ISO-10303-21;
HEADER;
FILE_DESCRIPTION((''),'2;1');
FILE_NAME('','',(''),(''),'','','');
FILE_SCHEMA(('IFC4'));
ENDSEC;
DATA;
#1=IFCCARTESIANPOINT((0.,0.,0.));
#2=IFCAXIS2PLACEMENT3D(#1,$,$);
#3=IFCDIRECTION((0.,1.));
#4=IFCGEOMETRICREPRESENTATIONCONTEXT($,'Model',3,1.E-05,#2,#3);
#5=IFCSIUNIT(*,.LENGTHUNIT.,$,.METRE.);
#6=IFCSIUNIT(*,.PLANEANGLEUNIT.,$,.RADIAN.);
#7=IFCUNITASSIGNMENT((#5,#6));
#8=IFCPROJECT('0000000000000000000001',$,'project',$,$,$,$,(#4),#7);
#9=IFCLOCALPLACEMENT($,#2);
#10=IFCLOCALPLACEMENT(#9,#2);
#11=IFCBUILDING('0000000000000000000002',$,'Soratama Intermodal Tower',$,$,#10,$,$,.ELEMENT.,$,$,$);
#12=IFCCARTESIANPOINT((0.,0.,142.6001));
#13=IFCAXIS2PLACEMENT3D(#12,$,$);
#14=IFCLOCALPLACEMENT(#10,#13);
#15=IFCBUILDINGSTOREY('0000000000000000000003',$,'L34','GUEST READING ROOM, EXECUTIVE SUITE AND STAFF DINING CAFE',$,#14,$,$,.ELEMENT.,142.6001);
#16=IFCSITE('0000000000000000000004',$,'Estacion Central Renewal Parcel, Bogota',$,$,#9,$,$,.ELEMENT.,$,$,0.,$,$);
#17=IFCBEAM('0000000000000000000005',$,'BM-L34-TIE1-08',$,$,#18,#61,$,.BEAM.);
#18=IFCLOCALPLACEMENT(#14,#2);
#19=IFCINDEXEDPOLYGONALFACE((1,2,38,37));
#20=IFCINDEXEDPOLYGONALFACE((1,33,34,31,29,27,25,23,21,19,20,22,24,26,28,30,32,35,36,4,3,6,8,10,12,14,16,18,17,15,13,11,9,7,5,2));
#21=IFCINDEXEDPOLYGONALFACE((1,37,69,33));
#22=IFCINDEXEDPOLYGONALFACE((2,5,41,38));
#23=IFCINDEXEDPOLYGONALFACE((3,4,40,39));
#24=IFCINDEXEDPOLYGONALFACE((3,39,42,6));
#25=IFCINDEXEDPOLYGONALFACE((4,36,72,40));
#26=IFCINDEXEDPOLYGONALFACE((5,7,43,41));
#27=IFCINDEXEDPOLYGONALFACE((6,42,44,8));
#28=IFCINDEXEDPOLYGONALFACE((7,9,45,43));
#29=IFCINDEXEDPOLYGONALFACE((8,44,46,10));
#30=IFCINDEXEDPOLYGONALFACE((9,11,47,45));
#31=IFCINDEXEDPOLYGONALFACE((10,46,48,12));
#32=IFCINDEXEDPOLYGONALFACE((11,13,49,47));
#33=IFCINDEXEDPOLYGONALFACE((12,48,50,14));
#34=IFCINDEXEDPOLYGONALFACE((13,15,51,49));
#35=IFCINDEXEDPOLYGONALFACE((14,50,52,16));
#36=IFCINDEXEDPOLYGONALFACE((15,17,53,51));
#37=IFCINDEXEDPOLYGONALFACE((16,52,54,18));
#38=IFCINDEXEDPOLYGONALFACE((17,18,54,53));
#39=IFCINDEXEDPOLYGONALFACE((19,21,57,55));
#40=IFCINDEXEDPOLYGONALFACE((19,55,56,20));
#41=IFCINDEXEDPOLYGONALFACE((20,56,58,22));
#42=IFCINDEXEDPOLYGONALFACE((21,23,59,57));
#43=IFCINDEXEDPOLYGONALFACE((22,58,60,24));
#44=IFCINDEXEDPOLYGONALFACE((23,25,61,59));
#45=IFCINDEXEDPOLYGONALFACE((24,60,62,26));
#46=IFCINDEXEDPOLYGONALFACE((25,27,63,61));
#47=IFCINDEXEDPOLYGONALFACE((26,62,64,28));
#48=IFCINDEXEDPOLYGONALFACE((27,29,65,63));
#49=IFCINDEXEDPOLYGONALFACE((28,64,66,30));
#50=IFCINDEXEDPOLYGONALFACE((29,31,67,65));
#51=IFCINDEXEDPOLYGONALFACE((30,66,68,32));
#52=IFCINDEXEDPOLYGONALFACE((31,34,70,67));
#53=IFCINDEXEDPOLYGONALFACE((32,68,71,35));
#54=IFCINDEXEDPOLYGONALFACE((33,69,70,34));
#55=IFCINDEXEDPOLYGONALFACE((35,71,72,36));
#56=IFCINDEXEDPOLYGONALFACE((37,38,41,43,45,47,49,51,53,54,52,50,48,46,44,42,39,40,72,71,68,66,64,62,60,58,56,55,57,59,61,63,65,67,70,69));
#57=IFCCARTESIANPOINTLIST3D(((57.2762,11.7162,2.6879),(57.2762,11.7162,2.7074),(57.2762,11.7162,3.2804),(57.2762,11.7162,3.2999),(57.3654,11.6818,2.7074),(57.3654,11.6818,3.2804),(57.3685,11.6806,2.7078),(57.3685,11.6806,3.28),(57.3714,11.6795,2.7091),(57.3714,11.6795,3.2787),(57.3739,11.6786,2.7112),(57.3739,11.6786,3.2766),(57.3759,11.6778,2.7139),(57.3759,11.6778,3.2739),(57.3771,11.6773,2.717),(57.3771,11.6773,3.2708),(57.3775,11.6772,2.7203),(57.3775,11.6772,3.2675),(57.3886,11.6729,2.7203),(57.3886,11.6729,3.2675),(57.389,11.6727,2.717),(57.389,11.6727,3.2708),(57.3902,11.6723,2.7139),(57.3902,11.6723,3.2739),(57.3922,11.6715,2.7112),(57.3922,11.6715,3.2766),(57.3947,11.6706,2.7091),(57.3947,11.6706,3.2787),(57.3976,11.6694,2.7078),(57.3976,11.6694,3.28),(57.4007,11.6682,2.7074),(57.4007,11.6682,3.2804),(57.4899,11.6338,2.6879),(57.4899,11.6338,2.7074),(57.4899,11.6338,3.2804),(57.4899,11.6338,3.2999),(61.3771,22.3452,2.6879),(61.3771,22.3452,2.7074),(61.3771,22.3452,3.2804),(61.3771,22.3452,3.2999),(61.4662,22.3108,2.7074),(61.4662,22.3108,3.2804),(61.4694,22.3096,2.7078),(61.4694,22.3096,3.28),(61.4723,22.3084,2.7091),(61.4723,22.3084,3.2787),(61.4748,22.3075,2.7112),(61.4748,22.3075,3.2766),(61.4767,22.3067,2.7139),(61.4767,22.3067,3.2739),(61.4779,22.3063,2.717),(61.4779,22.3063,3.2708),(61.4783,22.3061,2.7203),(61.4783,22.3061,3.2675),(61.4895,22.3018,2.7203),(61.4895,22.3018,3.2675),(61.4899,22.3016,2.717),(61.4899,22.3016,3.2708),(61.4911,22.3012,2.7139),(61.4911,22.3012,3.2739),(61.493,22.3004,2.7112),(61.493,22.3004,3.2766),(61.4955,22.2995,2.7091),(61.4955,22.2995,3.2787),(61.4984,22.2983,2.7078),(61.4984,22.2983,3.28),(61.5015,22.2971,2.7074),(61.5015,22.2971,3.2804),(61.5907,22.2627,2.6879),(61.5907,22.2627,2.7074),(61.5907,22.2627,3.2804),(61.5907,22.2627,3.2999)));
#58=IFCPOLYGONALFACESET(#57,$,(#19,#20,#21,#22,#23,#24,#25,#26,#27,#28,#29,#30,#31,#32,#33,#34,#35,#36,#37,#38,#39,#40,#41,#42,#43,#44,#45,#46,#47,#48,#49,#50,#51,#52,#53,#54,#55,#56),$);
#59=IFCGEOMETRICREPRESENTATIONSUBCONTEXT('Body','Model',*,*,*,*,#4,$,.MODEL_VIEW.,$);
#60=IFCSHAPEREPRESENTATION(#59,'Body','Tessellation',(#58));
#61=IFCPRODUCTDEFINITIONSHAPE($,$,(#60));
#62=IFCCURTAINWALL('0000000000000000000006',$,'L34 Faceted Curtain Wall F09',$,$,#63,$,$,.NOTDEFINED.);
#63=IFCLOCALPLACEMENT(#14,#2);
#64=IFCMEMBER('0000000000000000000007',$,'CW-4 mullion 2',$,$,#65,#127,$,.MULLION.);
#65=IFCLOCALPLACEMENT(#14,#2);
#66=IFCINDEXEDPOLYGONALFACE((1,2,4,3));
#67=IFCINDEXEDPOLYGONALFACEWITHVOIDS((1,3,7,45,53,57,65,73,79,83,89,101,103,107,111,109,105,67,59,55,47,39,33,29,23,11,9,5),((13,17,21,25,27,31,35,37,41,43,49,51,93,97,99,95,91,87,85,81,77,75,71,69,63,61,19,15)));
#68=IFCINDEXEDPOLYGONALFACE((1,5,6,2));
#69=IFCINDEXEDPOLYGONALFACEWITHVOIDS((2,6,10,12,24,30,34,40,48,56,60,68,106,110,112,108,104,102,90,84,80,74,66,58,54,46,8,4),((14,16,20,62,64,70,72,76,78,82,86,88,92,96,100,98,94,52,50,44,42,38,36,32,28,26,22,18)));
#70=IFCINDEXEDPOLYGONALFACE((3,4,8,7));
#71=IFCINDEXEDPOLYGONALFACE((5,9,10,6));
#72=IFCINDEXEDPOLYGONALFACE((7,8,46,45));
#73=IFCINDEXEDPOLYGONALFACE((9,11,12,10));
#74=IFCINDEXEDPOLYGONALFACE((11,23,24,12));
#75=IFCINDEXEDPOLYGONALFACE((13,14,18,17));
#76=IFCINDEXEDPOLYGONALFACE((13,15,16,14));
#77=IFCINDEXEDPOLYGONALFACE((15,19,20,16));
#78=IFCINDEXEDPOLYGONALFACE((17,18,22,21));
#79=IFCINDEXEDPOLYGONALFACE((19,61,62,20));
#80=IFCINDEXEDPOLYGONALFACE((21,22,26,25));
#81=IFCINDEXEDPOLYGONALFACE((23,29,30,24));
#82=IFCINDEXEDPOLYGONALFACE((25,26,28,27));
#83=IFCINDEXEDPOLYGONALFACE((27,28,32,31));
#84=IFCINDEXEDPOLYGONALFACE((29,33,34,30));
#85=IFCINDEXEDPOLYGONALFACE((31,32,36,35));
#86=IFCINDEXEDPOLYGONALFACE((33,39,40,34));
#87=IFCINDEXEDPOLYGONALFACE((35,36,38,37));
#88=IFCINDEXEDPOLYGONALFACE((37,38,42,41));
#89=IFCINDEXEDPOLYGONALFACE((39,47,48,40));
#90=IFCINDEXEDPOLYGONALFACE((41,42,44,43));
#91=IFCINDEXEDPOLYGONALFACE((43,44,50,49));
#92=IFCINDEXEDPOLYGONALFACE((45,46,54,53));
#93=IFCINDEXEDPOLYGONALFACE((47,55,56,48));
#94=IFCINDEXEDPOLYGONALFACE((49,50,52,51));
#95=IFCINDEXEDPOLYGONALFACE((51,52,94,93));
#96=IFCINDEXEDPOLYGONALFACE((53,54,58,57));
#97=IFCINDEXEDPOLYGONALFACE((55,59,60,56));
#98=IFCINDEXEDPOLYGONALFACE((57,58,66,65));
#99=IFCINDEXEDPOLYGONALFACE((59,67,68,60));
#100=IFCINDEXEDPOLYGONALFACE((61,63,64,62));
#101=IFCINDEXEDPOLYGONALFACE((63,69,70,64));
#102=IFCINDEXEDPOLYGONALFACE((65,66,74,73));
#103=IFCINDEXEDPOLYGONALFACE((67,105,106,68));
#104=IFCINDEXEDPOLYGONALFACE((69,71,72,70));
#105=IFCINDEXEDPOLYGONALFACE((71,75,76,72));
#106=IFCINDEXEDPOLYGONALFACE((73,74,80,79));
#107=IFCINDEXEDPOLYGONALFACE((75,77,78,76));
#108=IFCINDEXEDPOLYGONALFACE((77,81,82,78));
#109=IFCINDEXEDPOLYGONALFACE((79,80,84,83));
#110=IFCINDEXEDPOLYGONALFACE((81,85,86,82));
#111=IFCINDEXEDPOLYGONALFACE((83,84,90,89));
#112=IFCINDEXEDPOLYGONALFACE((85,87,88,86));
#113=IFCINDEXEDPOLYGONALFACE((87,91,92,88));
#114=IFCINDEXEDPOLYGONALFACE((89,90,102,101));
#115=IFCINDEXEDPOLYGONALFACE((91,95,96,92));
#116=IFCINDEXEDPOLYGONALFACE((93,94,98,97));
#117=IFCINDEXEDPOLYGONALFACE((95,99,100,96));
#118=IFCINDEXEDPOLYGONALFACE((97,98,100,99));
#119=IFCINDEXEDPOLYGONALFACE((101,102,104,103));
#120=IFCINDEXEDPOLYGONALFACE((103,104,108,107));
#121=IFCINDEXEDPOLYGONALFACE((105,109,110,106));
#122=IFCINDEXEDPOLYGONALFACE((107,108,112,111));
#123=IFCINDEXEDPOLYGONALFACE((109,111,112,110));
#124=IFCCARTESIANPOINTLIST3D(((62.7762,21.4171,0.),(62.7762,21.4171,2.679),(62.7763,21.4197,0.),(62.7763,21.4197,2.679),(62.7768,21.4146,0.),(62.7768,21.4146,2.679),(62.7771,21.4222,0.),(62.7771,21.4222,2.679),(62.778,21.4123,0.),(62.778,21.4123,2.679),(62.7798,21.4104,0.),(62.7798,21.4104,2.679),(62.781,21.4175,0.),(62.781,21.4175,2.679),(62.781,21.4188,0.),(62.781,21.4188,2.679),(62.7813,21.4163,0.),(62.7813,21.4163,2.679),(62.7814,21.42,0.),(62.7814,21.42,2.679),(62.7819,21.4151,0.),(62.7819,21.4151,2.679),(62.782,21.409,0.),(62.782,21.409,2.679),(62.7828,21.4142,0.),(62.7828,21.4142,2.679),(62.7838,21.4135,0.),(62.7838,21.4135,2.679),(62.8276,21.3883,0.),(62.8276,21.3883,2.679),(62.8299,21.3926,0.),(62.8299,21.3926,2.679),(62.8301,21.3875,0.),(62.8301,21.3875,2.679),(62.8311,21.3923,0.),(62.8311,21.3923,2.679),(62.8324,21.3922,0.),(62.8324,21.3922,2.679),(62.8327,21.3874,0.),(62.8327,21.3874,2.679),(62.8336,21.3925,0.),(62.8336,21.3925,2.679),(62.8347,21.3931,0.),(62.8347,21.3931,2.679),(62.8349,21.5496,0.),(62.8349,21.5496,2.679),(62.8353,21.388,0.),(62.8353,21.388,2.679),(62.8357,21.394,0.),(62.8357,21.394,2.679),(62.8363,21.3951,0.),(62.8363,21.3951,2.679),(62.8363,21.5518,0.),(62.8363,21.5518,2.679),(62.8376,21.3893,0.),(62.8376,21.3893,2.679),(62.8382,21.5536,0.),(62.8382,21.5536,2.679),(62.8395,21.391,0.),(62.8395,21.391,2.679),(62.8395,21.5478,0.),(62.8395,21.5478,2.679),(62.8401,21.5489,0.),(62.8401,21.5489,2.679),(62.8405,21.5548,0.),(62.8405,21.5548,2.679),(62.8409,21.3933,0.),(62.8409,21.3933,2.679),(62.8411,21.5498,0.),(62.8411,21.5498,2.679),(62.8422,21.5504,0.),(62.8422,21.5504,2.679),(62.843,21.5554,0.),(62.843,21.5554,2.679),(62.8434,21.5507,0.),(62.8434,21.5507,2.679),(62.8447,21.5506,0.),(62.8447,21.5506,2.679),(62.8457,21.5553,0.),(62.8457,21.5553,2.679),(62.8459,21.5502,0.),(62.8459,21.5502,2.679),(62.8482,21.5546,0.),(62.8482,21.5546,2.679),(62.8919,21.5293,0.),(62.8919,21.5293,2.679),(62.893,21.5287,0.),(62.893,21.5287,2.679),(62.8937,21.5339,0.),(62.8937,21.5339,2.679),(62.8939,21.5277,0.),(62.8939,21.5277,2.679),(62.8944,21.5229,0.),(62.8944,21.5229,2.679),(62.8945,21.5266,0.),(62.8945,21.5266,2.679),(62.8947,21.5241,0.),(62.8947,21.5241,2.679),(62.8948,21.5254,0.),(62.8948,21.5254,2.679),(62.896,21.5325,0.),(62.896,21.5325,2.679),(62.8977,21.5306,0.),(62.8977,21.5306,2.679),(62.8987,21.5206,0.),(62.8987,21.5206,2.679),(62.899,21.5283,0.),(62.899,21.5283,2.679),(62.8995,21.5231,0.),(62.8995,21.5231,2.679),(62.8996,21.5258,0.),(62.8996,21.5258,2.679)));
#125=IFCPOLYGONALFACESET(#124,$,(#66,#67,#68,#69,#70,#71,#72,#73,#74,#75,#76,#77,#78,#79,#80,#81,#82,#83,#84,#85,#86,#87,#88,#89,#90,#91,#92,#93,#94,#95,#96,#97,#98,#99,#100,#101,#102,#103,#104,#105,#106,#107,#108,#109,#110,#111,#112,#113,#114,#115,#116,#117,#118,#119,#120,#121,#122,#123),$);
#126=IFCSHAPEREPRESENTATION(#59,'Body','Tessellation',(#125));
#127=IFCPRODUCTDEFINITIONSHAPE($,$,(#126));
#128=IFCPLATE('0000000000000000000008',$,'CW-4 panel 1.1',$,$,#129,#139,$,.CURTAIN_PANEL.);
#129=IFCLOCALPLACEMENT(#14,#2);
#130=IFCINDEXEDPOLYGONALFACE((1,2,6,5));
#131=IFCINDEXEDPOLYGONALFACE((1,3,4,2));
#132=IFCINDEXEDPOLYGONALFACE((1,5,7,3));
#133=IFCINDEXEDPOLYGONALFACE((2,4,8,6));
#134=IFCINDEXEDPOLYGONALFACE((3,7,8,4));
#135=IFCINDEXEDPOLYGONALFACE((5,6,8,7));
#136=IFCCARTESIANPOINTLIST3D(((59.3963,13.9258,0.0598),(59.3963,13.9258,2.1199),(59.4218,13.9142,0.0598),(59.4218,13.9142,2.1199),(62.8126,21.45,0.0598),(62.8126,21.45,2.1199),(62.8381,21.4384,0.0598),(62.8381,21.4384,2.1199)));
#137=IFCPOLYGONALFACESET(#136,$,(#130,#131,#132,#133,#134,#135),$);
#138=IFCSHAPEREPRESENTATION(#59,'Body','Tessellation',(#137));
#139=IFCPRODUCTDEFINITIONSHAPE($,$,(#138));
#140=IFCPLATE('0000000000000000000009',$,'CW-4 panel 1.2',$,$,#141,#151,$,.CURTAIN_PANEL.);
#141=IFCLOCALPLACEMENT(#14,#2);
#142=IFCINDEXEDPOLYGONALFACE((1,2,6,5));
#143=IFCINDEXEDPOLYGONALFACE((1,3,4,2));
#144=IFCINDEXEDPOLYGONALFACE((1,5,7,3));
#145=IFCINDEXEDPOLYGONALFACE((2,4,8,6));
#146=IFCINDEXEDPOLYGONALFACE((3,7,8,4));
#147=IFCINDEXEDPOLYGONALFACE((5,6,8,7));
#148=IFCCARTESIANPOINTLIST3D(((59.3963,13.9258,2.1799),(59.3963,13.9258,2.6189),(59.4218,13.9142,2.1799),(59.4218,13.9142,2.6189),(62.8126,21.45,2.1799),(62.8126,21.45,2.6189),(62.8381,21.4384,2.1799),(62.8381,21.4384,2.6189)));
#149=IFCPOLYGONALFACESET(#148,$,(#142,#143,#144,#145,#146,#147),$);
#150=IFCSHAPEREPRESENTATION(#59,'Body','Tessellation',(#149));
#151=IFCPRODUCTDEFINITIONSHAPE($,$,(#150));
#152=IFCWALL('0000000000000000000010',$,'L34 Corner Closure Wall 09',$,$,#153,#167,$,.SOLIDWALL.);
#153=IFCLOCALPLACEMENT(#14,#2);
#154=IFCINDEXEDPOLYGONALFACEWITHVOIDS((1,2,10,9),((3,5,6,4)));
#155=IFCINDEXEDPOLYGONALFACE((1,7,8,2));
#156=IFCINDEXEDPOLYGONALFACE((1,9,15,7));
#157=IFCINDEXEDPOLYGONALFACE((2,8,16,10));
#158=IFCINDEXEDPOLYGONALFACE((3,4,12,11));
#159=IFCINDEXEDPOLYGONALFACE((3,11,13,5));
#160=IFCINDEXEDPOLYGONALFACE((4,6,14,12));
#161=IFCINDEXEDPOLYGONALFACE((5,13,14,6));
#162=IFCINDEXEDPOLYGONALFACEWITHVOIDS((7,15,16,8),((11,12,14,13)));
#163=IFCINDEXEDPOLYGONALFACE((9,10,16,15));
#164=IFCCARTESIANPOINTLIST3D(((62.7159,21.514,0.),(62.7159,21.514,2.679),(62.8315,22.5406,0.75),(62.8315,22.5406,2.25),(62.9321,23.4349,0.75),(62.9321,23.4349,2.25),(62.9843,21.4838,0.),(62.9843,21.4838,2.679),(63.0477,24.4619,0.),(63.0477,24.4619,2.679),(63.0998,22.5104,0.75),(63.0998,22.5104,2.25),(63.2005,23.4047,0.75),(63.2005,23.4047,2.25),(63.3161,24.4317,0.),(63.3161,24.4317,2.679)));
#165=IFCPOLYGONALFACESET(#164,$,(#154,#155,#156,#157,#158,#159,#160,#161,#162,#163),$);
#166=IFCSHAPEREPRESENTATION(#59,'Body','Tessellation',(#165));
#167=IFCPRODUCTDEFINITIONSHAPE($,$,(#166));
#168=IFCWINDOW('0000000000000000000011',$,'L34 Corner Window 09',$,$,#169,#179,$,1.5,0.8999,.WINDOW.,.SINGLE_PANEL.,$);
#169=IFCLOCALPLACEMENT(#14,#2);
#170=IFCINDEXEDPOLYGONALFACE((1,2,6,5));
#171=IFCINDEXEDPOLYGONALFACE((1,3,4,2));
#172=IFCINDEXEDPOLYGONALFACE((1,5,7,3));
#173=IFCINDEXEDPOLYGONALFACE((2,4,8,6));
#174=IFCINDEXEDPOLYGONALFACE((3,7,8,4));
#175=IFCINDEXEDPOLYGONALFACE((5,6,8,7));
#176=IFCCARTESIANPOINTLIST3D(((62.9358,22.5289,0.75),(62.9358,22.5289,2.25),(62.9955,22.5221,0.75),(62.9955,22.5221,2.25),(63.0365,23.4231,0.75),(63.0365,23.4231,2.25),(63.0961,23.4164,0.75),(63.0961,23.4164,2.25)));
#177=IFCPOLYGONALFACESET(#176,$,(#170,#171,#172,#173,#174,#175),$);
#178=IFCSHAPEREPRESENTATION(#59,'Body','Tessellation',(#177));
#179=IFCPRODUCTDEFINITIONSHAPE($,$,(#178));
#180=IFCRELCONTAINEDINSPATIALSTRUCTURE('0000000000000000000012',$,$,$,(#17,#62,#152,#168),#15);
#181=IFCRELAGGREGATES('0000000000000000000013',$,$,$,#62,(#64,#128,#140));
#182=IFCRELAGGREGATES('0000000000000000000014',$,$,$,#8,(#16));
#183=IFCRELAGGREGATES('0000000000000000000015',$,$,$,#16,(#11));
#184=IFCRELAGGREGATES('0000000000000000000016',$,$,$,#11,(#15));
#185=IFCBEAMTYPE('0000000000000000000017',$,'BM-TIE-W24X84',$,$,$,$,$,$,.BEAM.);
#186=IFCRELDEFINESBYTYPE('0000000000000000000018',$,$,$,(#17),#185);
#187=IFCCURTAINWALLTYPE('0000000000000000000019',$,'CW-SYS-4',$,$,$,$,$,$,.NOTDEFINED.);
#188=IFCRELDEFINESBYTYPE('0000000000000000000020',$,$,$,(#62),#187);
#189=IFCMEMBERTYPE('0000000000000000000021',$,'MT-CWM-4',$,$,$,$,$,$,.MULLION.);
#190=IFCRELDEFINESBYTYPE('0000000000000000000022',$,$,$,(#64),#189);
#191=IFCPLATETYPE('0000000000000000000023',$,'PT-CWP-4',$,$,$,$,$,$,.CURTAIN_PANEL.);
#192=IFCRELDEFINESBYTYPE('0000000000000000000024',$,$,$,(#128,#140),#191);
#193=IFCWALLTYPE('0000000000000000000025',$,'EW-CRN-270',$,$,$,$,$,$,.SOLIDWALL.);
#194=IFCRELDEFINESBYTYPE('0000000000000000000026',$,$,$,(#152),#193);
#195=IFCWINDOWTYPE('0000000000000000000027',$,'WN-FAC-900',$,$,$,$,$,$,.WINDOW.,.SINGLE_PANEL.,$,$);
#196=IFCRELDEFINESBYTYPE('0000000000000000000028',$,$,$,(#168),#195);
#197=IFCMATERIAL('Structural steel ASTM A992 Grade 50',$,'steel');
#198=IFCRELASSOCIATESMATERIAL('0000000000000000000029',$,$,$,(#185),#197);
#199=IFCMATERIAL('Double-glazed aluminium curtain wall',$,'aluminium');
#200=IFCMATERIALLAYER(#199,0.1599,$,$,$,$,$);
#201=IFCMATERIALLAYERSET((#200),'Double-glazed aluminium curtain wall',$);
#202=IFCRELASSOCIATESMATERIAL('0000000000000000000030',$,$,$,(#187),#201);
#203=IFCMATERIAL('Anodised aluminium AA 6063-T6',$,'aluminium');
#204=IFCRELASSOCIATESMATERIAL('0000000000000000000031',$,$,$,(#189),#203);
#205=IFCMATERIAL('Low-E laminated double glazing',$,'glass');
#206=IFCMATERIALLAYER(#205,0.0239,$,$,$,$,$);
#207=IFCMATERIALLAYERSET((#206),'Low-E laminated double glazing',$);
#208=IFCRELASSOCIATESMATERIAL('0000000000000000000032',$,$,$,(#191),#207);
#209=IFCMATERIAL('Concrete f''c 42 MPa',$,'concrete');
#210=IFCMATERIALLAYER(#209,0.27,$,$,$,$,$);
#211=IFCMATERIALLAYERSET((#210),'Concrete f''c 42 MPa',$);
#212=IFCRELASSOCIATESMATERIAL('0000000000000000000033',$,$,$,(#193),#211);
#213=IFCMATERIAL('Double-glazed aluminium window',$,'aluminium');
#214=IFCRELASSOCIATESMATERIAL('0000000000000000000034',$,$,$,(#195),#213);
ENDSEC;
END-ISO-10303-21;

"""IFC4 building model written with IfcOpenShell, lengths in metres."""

from ifc_helpers import new_model, si_unit, direction, frame, frame_2d, origin, origin_2d, place, context, subcontext, project, spatial, rectangle, hollow_rectangle, i_section, extrude, material, layer, layer_set, material_profile, profile_set, type_object, element, fill, aggregate, save


model = new_model("IFC4")

# Units and contexts
model_context = context("Model", 3, precision=1e-05, world=origin(), true_north=direction((0.0, 1.0)))
body_context = subcontext(model_context, "Body", "Model", "MODEL_VIEW")
ifc_project = project(units=[si_unit("LENGTHUNIT", "METRE"), si_unit("PLANEANGLEUNIT", "RADIAN")], contexts=[model_context])

# Site, building, storey
site_placement = place(None, origin())
site = spatial("IfcSite", under=ifc_project, at=site_placement, Name="Estacion Central Renewal Parcel, Bogota", CompositionType="ELEMENT", RefElevation=0.0)
building_placement = place(site_placement, origin())
building = spatial("IfcBuilding", under=site, at=building_placement, Name="Soratama Intermodal Tower", CompositionType="ELEMENT")
storey_placement = place(building_placement, frame((0.0, 0.0, 142.6001)))
storey = spatial("IfcBuildingStorey", under=building, at=storey_placement, Name="L34", Description="GUEST READING ROOM, EXECUTIVE SUITE AND STAFF DINING CAFE", CompositionType="ELEMENT", Elevation=142.6001)

# Beam
ifc_material_1 = material(Name="Structural steel ASTM A992 Grade 50", Category="steel")
ifc_material_profile_1 = material_profile(ifc_material_1, i_section(OverallWidth=0.229, OverallDepth=0.6121, WebThickness=0.012, FlangeThickness=0.0195, FilletRadius=0.0129, at=origin_2d()), Name="W24X84")
ifc_profile_set_1 = profile_set([ifc_material_profile_1], Name="Structural steel ASTM A992 Grade 50")
beam_type_1 = type_object("IfcBeamType", Name="BM-TIE-W24X84", PredefinedType="BEAM", material=ifc_profile_set_1)
beam_1_placement = place(storey_placement, frame((61.4839, 22.304, 2.9939), z_axis=(-0.359957, -0.932969, 0.0), x_axis=(0.932969, -0.359957, 0.0)))
element("IfcBeam", 1, at=beam_1_placement, inside=storey, type_object=beam_type_1, Name="BM-L34-TIE1-08", PredefinedType="BEAM", context=body_context, shape_type="SweptSolid", body=[
    extrude(i_section(OverallWidth=0.229, OverallDepth=0.6121, WebThickness=0.012, FlangeThickness=0.0195, FilletRadius=0.0129, at=origin_2d()), origin(), (0.0, 0.0, 1.0), 11.3926),
])

# Curtain wall, member, plates
ifc_material_2 = material(Name="Double-glazed aluminium curtain wall", Category="aluminium")
ifc_layer_1 = layer(ifc_material_2, 0.1599)
ifc_layer_set_1 = layer_set([ifc_layer_1], Name="Double-glazed aluminium curtain wall")
curtain_wall_type = type_object("IfcCurtainWallType", Name="CW-SYS-4", PredefinedType="NOTDEFINED", material=ifc_layer_set_1)
curtain_wall_placement = place(storey_placement, origin())
curtain_wall = element("IfcCurtainWall", 2, at=curtain_wall_placement, inside=storey, type_object=curtain_wall_type, Name="L34 Faceted Curtain Wall F09", PredefinedType="NOTDEFINED")
ifc_material_3 = material(Name="Anodised aluminium AA 6063-T6", Category="aluminium")
ifc_material_profile_2 = material_profile(ifc_material_3, hollow_rectangle(XDim=0.0701, YDim=0.1599, WallThickness=0.0049, InnerFilletRadius=0.0049, OuterFilletRadius=0.01, at=origin_2d()), Name="CWM160X70X5")
ifc_profile_set_2 = profile_set([ifc_material_profile_2], Name="Anodised aluminium AA 6063-T6")
member_type = type_object("IfcMemberType", Name="MT-CWM-4", PredefinedType="MULLION", material=ifc_profile_set_2)
member_placement = place(storey_placement, frame((62.8379, 21.4714, 0.0), z_axis=(0.0, 0.0, 1.0), x_axis=(-0.910538, 0.413425, 0.0)))
member = element("IfcMember", 3, at=member_placement, type_object=member_type, Name="CW-4 mullion 2", PredefinedType="MULLION", context=body_context, shape_type="SweptSolid", body=[
    extrude(hollow_rectangle(XDim=0.0701, YDim=0.1599, WallThickness=0.0049, InnerFilletRadius=0.0049, OuterFilletRadius=0.01, at=origin_2d()), origin(), (0.0, 0.0, 1.0), 2.679),
])
ifc_material_4 = material(Name="Low-E laminated double glazing", Category="glass")
ifc_layer_2 = layer(ifc_material_4, 0.0239)
ifc_layer_set_2 = layer_set([ifc_layer_2], Name="Low-E laminated double glazing")
plate_type = type_object("IfcPlateType", Name="PT-CWP-4", PredefinedType="CURTAIN_PANEL", material=ifc_layer_set_2)
plate_1_placement = place(storey_placement, frame((61.1172, 17.6821, 0.0598), z_axis=(0.0, 0.0, 1.0), x_axis=(0.413425, 0.910538, 0.0)))
plate_1 = element("IfcPlate", 4, at=plate_1_placement, type_object=plate_type, Name="CW-4 panel 1.1", PredefinedType="CURTAIN_PANEL", context=body_context, shape_type="SweptSolid", body=[
    extrude(rectangle(XDim=8.2634, YDim=0.0281, at=origin_2d()), origin(), (0.0, 0.0, 1.0), 2.0601),
])
plate_2_placement = place(storey_placement, frame((61.1172, 17.6821, 2.1799), z_axis=(0.0, 0.0, 1.0), x_axis=(0.413425, 0.910538, 0.0)))
plate_2 = element("IfcPlate", 5, at=plate_2_placement, type_object=plate_type, Name="CW-4 panel 1.2", PredefinedType="CURTAIN_PANEL", context=body_context, shape_type="SweptSolid", body=[
    extrude(rectangle(XDim=8.2634, YDim=0.0281, at=origin_2d()), origin(), (0.0, 0.0, 1.0), 0.439),
])
aggregate(curtain_wall, [member, plate_1, plate_2])

# Wall, opening, window
ifc_material_5 = material(Name="Concrete f'c 42 MPa", Category="concrete")
ifc_layer_3 = layer(ifc_material_5, 0.27)
ifc_layer_set_3 = layer_set([ifc_layer_3], Name="Concrete f'c 42 MPa")
wall_type_1 = type_object("IfcWallType", Name="EW-CRN-270", PredefinedType="SOLIDWALL", material=ifc_layer_set_3)
wall_1_placement = place(storey_placement, frame((62.8501, 21.4988, 0.0), z_axis=(0.0, 0.0, 1.0), x_axis=(0.11184, 0.993726, 0.0)))
wall_1 = element("IfcWall", 6, at=wall_1_placement, inside=storey, type_object=wall_type_1, Name="L34 Corner Closure Wall 09", PredefinedType="SOLIDWALL", context=body_context, shape_type="SweptSolid", body=[
    extrude(rectangle(XDim=2.9666, YDim=0.27, at=frame_2d((1.4834, 0.0))), origin(), (0.0, 0.0, 1.0), 2.679),
])
opening_1_placement = place(wall_1_placement, frame((1.0332, 0.0, 0.75)))
opening_1 = element("IfcOpeningElement", 7, at=opening_1_placement, cuts=wall_1, PredefinedType="OPENING", context=body_context, shape_type="SweptSolid", body=[
    extrude(rectangle(XDim=0.8999, YDim=1.5, at=frame_2d((0.45, 0.75))), frame((0.0, 0.145, 0.0), z_axis=(0.0, -1.0, 0.0), x_axis=(1.0, 0.0, 0.0)), (0.0, 0.0, 1.0), 0.29),
])
ifc_material_6 = material(Name="Double-glazed aluminium window", Category="aluminium")
window_type = type_object("IfcWindowType", Name="WN-FAC-900", PartitioningType="SINGLE_PANEL", PredefinedType="WINDOW", material=ifc_material_6)
window_placement = place(opening_1_placement, origin())
window = element("IfcWindow", 8, at=window_placement, inside=storey, type_object=window_type, Name="L34 Corner Window 09", OverallHeight=1.5, OverallWidth=0.8999, PartitioningType="SINGLE_PANEL", PredefinedType="WINDOW", context=body_context, shape_type="SweptSolid", body=[
    extrude(rectangle(XDim=0.8999, YDim=1.5, at=frame_2d((0.45, 0.75))), frame((0.0, 0.03, 0.0), z_axis=(0.0, -1.0, 0.0), x_axis=(1.0, 0.0, 0.0)), (0.0, 0.0, 1.0), 0.0601),
])
fill(opening_1, window)

save(model, "model.ifc")
